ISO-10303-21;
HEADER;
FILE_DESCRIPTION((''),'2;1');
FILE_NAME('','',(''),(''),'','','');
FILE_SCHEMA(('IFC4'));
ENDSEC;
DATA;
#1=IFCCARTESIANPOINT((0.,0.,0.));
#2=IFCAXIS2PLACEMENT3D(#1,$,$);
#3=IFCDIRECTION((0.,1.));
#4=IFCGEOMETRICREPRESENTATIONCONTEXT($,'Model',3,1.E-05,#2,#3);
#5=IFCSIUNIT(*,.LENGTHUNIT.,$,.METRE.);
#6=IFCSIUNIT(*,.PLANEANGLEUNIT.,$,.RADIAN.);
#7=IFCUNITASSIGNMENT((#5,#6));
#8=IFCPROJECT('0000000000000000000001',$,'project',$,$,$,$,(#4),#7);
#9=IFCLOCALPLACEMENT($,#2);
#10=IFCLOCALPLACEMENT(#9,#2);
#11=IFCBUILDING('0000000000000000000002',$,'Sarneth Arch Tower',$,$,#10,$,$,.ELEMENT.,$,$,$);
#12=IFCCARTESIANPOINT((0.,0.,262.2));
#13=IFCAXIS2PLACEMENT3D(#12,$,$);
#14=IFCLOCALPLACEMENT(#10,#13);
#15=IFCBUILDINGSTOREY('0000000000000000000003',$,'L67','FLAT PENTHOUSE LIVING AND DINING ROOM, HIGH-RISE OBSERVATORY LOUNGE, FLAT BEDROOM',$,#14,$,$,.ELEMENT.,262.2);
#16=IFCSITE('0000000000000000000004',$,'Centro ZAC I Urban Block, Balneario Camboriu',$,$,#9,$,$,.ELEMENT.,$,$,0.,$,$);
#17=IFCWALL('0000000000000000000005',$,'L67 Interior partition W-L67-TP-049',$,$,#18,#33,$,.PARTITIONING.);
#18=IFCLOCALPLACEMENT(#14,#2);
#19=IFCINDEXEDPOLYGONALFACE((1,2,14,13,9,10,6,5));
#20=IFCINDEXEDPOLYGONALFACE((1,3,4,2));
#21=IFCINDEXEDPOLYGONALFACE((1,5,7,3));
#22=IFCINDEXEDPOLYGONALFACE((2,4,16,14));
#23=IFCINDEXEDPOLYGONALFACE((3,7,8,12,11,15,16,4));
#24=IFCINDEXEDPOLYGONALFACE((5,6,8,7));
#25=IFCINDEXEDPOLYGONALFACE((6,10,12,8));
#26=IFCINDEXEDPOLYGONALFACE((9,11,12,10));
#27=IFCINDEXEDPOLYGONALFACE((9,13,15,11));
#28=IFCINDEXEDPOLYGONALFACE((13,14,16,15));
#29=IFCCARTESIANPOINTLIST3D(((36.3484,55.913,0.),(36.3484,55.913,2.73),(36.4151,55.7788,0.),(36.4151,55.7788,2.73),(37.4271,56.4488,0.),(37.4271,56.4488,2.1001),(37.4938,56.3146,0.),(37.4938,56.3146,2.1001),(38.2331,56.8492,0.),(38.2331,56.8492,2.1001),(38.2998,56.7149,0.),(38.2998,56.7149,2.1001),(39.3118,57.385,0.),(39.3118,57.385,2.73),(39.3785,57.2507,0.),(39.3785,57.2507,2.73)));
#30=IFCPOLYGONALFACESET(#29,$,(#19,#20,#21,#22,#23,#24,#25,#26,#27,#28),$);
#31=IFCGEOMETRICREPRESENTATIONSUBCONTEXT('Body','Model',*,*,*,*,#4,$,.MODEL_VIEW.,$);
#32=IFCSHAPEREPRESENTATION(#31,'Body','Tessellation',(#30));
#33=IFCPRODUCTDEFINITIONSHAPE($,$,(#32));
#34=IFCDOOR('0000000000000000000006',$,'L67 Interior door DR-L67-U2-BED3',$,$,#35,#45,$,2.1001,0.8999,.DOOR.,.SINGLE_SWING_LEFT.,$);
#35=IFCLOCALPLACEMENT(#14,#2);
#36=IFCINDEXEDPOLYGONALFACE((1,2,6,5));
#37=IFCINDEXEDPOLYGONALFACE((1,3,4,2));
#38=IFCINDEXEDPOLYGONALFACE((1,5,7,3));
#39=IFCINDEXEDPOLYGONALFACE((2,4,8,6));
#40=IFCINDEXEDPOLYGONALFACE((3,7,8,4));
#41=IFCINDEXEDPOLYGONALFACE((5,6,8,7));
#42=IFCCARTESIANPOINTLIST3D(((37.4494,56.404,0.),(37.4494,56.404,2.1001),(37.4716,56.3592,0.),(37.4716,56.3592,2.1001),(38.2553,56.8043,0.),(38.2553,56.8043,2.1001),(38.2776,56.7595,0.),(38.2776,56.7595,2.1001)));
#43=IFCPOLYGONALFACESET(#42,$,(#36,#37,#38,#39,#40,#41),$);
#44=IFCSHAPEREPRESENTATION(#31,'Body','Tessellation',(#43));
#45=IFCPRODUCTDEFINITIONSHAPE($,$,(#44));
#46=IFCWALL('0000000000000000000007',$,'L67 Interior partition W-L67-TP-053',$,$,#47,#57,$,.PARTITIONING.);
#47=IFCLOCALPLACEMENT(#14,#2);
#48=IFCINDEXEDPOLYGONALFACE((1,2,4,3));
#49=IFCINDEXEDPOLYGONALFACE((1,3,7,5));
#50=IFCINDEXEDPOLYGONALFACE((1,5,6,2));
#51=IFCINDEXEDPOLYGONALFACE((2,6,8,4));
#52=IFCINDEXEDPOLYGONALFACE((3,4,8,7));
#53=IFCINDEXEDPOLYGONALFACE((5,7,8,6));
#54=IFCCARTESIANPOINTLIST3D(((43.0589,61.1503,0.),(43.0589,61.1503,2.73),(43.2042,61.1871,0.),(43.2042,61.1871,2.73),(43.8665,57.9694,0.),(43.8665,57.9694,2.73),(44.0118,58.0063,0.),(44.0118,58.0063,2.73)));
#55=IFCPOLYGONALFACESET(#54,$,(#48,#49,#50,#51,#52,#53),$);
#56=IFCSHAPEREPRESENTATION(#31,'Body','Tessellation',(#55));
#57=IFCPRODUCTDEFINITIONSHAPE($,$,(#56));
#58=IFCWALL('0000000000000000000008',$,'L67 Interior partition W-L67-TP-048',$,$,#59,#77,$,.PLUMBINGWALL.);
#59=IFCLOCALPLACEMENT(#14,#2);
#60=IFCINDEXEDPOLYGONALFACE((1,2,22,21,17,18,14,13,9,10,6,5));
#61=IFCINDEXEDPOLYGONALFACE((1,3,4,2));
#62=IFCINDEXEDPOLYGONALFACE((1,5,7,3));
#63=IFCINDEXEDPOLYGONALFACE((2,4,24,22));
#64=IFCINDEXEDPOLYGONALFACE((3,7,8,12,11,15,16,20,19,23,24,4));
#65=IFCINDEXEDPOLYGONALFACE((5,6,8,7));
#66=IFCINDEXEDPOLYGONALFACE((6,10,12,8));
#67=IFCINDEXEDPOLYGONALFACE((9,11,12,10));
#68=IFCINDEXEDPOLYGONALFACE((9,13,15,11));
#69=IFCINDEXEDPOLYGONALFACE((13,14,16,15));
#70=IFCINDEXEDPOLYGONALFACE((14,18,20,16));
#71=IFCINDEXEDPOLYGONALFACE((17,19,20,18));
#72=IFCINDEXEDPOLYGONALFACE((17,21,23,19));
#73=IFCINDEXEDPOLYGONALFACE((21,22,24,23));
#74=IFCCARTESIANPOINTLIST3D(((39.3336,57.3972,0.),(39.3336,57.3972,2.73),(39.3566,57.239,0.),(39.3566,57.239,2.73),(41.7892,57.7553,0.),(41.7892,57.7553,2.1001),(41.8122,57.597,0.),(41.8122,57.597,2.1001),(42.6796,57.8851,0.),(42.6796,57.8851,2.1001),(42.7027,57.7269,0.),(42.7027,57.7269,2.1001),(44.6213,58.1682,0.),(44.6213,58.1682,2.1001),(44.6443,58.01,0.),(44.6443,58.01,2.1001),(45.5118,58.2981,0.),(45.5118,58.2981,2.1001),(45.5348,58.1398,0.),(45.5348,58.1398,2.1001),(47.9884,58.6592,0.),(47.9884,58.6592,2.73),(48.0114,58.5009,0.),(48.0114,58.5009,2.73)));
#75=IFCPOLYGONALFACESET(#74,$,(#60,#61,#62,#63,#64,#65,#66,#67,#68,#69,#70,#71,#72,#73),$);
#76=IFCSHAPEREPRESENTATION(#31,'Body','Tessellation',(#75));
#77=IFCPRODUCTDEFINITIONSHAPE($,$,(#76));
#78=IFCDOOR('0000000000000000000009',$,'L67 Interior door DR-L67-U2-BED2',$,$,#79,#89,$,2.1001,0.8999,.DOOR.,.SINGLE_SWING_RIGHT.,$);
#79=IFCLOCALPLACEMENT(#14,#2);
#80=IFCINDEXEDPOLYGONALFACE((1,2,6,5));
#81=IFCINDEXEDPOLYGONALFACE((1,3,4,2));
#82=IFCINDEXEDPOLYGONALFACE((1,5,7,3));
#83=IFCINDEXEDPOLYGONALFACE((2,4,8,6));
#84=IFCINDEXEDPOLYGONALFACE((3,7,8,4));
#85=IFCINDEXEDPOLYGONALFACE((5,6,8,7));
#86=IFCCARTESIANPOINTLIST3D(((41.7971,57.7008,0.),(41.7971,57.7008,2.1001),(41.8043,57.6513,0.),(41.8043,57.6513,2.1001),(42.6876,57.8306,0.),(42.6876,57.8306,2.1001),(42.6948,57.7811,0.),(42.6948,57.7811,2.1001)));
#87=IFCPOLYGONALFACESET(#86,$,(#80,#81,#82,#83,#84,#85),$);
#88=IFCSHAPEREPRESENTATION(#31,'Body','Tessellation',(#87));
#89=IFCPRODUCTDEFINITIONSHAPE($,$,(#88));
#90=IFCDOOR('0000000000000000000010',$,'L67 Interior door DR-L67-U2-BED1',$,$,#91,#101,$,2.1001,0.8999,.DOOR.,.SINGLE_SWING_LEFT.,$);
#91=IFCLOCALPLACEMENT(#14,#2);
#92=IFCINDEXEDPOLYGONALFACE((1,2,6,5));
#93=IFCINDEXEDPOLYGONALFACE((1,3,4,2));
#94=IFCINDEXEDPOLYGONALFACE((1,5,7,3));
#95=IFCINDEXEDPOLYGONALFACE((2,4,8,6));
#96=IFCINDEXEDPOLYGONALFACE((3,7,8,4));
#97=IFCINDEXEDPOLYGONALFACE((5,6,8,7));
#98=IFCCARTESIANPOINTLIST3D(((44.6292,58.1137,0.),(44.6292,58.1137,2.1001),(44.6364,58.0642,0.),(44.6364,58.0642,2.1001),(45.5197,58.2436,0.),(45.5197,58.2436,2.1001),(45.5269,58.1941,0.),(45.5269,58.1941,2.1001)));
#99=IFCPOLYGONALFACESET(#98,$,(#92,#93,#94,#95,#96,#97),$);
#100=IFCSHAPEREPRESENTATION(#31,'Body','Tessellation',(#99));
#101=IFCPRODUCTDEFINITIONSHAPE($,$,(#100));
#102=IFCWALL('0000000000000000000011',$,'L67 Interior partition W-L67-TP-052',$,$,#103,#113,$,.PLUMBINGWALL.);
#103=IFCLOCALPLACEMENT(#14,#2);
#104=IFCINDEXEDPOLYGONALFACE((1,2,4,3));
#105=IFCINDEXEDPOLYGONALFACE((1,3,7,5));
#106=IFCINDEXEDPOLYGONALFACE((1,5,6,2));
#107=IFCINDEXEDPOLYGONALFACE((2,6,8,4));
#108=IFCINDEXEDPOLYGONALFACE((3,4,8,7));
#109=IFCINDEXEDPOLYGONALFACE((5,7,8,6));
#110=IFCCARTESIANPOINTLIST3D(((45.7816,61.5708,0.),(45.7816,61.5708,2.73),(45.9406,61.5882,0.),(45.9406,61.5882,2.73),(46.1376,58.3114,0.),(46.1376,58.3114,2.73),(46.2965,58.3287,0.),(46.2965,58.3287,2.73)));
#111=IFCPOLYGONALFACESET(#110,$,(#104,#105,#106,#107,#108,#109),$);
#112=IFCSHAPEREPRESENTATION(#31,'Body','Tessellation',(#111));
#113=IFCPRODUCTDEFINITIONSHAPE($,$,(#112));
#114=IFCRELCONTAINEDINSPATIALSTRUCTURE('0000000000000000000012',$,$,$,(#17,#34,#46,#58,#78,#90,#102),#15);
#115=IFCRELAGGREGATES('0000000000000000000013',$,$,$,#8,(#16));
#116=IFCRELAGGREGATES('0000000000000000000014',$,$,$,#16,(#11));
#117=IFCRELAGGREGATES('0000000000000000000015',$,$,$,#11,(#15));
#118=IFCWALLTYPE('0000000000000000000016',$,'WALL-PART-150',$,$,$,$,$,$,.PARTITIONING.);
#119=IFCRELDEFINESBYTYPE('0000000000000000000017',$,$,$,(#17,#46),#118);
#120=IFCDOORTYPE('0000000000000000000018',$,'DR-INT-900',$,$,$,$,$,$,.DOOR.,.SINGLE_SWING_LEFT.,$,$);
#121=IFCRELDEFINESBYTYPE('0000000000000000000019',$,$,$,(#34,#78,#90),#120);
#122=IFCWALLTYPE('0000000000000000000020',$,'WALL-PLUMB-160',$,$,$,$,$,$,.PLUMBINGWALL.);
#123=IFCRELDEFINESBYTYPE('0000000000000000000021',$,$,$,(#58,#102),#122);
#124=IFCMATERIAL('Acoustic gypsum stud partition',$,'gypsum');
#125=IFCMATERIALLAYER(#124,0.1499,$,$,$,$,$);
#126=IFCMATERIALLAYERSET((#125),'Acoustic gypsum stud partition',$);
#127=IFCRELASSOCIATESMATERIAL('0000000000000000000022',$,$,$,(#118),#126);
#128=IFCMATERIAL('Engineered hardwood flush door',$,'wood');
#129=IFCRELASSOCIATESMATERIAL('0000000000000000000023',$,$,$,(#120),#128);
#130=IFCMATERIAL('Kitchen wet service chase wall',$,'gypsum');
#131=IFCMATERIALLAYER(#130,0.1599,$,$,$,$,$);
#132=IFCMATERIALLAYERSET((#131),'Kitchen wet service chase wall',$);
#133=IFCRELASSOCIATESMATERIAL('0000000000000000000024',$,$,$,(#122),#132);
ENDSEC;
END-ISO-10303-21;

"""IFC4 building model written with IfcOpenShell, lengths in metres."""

from ifc_helpers import new_model, si_unit, direction, frame, frame_2d, origin, place, context, subcontext, project, spatial, rectangle, extrude, material, layer, layer_set, type_object, element, fill, save


model = new_model("IFC4")

# Units and contexts
model_context = context("Model", 3, precision=1e-05, world=origin(), true_north=direction((0.0, 1.0)))
body_context = subcontext(model_context, "Body", "Model", "MODEL_VIEW")
ifc_project = project(units=[si_unit("LENGTHUNIT", "METRE"), si_unit("PLANEANGLEUNIT", "RADIAN")], contexts=[model_context])

# Site, building, storey
site_placement = place(None, origin())
site = spatial("IfcSite", under=ifc_project, at=site_placement, Name="Centro ZAC I Urban Block, Balneario Camboriu", CompositionType="ELEMENT", RefElevation=0.0)
building_placement = place(site_placement, origin())
building = spatial("IfcBuilding", under=site, at=building_placement, Name="Sarneth Arch Tower", CompositionType="ELEMENT")
storey_placement = place(building_placement, frame((0.0, 0.0, 262.2)))
storey = spatial("IfcBuildingStorey", under=building, at=storey_placement, Name="L67", Description="FLAT PENTHOUSE LIVING AND DINING ROOM, HIGH-RISE OBSERVATORY LOUNGE, FLAT BEDROOM", CompositionType="ELEMENT", Elevation=262.2)

# Shared definitions
ifc_material_1 = material(Name="Acoustic gypsum stud partition", Category="gypsum")
ifc_layer_1 = layer(ifc_material_1, 0.1499)
ifc_layer_set_1 = layer_set([ifc_layer_1], Name="Acoustic gypsum stud partition")
wall_type_1 = type_object("IfcWallType", Name="WALL-PART-150", PredefinedType="PARTITIONING", material=ifc_layer_set_1)

# Wall, opening, door
wall_1_placement = place(storey_placement, frame((36.3818, 55.8459, 0.0), z_axis=(0.0, 0.0, 1.0), x_axis=(0.895605, 0.444851, 0.0)))
wall_1 = element("IfcWall", 1, at=wall_1_placement, inside=storey, type_object=wall_type_1, Name="L67 Interior partition W-L67-TP-049", PredefinedType="PARTITIONING", context=body_context, shape_type="SweptSolid", body=[
    extrude(rectangle(XDim=3.3088, YDim=0.1499, at=frame_2d((1.6543, 0.0))), origin(), (0.0, 0.0, 1.0), 2.73),
])
opening_1_placement = place(wall_1_placement, frame((1.2043, 0.0, 0.0)))
opening_1 = element("IfcOpeningElement", 2, at=opening_1_placement, cuts=wall_1, PredefinedType="OPENING", context=body_context, shape_type="SweptSolid", body=[
    extrude(rectangle(XDim=0.8999, YDim=2.1001, at=frame_2d((0.45, 1.05))), frame((0.0, 0.085, 0.0), z_axis=(0.0, -1.0, 0.0), x_axis=(1.0, 0.0, 0.0)), (0.0, 0.0, 1.0), 0.1699),
])
ifc_material_2 = material(Name="Engineered hardwood flush door", Category="wood")
door_type = type_object("IfcDoorType", Name="DR-INT-900", OperationType="SINGLE_SWING_LEFT", PredefinedType="DOOR", material=ifc_material_2)
door_1_placement = place(opening_1_placement, origin())
door_1 = element("IfcDoor", 3, at=door_1_placement, inside=storey, type_object=door_type, Name="L67 Interior door DR-L67-U2-BED3", OperationType="SINGLE_SWING_LEFT", OverallHeight=2.1001, OverallWidth=0.8999, PredefinedType="DOOR", context=body_context, shape_type="SweptSolid", body=[
    extrude(rectangle(XDim=0.8999, YDim=2.1001, at=frame_2d((0.45, 1.05))), frame((0.0, 0.0249, 0.0), z_axis=(0.0, -1.0, 0.0), x_axis=(1.0, 0.0, 0.0)), (0.0, 0.0, 1.0), 0.05),
])
fill(opening_1, door_1)

# Wall
wall_2_placement = place(storey_placement, frame((43.1316, 61.1687, 0.0), z_axis=(0.0, 0.0, 1.0), x_axis=(0.246087, -0.969248, 0.0)))
element("IfcWall", 4, at=wall_2_placement, inside=storey, type_object=wall_type_1, Name="L67 Interior partition W-L67-TP-053", PredefinedType="PARTITIONING", context=body_context, shape_type="SweptSolid", body=[
    extrude(rectangle(XDim=3.2817, YDim=0.1499, at=frame_2d((1.6409, 0.0))), origin(), (0.0, 0.0, 1.0), 2.73),
])

# Wall, openings, doors
ifc_material_3 = material(Name="Kitchen wet service chase wall", Category="gypsum")
ifc_layer_2 = layer(ifc_material_3, 0.1599)
ifc_layer_set_2 = layer_set([ifc_layer_2], Name="Kitchen wet service chase wall")
wall_type_2 = type_object("IfcWallType", Name="WALL-PLUMB-160", PredefinedType="PLUMBINGWALL", material=ifc_layer_set_2)
wall_3_placement = place(storey_placement, frame((39.3452, 57.3181, 0.0), z_axis=(0.0, 0.0, 1.0), x_axis=(0.989536, 0.144285, 0.0)))
wall_3 = element("IfcWall", 5, at=wall_3_placement, inside=storey, type_object=wall_type_2, Name="L67 Interior partition W-L67-TP-048", PredefinedType="PLUMBINGWALL", context=body_context, shape_type="SweptSolid", body=[
    extrude(rectangle(XDim=8.7463, YDim=0.1599, at=frame_2d((4.373, 0.0))), origin(), (0.0, 0.0, 1.0), 2.73),
])
opening_2_placement = place(wall_3_placement, frame((2.4814, 0.0, 0.0)))
opening_2 = element("IfcOpeningElement", 6, at=opening_2_placement, cuts=wall_3, PredefinedType="OPENING", context=body_context, shape_type="SweptSolid", body=[
    extrude(rectangle(XDim=0.8999, YDim=2.1001, at=frame_2d((0.45, 1.05))), frame((0.0, 0.0898, 0.0), z_axis=(0.0, -1.0, 0.0), x_axis=(1.0, 0.0, 0.0)), (0.0, 0.0, 1.0), 0.1799),
])
opening_3_placement = place(wall_3_placement, frame((5.3435, 0.0, 0.0)))
opening_3 = element("IfcOpeningElement", 7, at=opening_3_placement, cuts=wall_3, PredefinedType="OPENING", context=body_context, shape_type="SweptSolid", body=[
    extrude(rectangle(XDim=0.8999, YDim=2.1001, at=frame_2d((0.45, 1.05))), frame((0.0, 0.0898, 0.0), z_axis=(0.0, -1.0, 0.0), x_axis=(1.0, 0.0, 0.0)), (0.0, 0.0, 1.0), 0.1799),
])
door_2_placement = place(opening_2_placement, origin())
door_2 = element("IfcDoor", 8, at=door_2_placement, inside=storey, type_object=door_type, Name="L67 Interior door DR-L67-U2-BED2", OperationType="SINGLE_SWING_RIGHT", OverallHeight=2.1001, OverallWidth=0.8999, PredefinedType="DOOR", context=body_context, shape_type="SweptSolid", body=[
    extrude(rectangle(XDim=0.8999, YDim=2.1001, at=frame_2d((0.45, 1.05))), frame((0.0, 0.0249, 0.0), z_axis=(0.0, -1.0, 0.0), x_axis=(1.0, 0.0, 0.0)), (0.0, 0.0, 1.0), 0.05),
])
fill(opening_2, door_2)
door_3_placement = place(opening_3_placement, origin())
door_3 = element("IfcDoor", 9, at=door_3_placement, inside=storey, type_object=door_type, Name="L67 Interior door DR-L67-U2-BED1", OperationType="SINGLE_SWING_LEFT", OverallHeight=2.1001, OverallWidth=0.8999, PredefinedType="DOOR", context=body_context, shape_type="SweptSolid", body=[
    extrude(rectangle(XDim=0.8999, YDim=2.1001, at=frame_2d((0.45, 1.05))), frame((0.0, 0.0249, 0.0), z_axis=(0.0, -1.0, 0.0), x_axis=(1.0, 0.0, 0.0)), (0.0, 0.0, 1.0), 0.05),
])
fill(opening_3, door_3)

# Wall
wall_4_placement = place(storey_placement, frame((46.217, 58.3201, 0.0), z_axis=(0.0, 0.0, 1.0), x_axis=(-0.10856, 0.99409, 0.0)))
element("IfcWall", 10, at=wall_4_placement, inside=storey, type_object=wall_type_2, Name="L67 Interior partition W-L67-TP-052", PredefinedType="PLUMBINGWALL", context=body_context, shape_type="SweptSolid", body=[
    extrude(rectangle(XDim=3.2788, YDim=0.1599, at=frame_2d((1.6394, 0.0))), origin(), (0.0, 0.0, 1.0), 2.73),
])

save(model, "model.ifc")
